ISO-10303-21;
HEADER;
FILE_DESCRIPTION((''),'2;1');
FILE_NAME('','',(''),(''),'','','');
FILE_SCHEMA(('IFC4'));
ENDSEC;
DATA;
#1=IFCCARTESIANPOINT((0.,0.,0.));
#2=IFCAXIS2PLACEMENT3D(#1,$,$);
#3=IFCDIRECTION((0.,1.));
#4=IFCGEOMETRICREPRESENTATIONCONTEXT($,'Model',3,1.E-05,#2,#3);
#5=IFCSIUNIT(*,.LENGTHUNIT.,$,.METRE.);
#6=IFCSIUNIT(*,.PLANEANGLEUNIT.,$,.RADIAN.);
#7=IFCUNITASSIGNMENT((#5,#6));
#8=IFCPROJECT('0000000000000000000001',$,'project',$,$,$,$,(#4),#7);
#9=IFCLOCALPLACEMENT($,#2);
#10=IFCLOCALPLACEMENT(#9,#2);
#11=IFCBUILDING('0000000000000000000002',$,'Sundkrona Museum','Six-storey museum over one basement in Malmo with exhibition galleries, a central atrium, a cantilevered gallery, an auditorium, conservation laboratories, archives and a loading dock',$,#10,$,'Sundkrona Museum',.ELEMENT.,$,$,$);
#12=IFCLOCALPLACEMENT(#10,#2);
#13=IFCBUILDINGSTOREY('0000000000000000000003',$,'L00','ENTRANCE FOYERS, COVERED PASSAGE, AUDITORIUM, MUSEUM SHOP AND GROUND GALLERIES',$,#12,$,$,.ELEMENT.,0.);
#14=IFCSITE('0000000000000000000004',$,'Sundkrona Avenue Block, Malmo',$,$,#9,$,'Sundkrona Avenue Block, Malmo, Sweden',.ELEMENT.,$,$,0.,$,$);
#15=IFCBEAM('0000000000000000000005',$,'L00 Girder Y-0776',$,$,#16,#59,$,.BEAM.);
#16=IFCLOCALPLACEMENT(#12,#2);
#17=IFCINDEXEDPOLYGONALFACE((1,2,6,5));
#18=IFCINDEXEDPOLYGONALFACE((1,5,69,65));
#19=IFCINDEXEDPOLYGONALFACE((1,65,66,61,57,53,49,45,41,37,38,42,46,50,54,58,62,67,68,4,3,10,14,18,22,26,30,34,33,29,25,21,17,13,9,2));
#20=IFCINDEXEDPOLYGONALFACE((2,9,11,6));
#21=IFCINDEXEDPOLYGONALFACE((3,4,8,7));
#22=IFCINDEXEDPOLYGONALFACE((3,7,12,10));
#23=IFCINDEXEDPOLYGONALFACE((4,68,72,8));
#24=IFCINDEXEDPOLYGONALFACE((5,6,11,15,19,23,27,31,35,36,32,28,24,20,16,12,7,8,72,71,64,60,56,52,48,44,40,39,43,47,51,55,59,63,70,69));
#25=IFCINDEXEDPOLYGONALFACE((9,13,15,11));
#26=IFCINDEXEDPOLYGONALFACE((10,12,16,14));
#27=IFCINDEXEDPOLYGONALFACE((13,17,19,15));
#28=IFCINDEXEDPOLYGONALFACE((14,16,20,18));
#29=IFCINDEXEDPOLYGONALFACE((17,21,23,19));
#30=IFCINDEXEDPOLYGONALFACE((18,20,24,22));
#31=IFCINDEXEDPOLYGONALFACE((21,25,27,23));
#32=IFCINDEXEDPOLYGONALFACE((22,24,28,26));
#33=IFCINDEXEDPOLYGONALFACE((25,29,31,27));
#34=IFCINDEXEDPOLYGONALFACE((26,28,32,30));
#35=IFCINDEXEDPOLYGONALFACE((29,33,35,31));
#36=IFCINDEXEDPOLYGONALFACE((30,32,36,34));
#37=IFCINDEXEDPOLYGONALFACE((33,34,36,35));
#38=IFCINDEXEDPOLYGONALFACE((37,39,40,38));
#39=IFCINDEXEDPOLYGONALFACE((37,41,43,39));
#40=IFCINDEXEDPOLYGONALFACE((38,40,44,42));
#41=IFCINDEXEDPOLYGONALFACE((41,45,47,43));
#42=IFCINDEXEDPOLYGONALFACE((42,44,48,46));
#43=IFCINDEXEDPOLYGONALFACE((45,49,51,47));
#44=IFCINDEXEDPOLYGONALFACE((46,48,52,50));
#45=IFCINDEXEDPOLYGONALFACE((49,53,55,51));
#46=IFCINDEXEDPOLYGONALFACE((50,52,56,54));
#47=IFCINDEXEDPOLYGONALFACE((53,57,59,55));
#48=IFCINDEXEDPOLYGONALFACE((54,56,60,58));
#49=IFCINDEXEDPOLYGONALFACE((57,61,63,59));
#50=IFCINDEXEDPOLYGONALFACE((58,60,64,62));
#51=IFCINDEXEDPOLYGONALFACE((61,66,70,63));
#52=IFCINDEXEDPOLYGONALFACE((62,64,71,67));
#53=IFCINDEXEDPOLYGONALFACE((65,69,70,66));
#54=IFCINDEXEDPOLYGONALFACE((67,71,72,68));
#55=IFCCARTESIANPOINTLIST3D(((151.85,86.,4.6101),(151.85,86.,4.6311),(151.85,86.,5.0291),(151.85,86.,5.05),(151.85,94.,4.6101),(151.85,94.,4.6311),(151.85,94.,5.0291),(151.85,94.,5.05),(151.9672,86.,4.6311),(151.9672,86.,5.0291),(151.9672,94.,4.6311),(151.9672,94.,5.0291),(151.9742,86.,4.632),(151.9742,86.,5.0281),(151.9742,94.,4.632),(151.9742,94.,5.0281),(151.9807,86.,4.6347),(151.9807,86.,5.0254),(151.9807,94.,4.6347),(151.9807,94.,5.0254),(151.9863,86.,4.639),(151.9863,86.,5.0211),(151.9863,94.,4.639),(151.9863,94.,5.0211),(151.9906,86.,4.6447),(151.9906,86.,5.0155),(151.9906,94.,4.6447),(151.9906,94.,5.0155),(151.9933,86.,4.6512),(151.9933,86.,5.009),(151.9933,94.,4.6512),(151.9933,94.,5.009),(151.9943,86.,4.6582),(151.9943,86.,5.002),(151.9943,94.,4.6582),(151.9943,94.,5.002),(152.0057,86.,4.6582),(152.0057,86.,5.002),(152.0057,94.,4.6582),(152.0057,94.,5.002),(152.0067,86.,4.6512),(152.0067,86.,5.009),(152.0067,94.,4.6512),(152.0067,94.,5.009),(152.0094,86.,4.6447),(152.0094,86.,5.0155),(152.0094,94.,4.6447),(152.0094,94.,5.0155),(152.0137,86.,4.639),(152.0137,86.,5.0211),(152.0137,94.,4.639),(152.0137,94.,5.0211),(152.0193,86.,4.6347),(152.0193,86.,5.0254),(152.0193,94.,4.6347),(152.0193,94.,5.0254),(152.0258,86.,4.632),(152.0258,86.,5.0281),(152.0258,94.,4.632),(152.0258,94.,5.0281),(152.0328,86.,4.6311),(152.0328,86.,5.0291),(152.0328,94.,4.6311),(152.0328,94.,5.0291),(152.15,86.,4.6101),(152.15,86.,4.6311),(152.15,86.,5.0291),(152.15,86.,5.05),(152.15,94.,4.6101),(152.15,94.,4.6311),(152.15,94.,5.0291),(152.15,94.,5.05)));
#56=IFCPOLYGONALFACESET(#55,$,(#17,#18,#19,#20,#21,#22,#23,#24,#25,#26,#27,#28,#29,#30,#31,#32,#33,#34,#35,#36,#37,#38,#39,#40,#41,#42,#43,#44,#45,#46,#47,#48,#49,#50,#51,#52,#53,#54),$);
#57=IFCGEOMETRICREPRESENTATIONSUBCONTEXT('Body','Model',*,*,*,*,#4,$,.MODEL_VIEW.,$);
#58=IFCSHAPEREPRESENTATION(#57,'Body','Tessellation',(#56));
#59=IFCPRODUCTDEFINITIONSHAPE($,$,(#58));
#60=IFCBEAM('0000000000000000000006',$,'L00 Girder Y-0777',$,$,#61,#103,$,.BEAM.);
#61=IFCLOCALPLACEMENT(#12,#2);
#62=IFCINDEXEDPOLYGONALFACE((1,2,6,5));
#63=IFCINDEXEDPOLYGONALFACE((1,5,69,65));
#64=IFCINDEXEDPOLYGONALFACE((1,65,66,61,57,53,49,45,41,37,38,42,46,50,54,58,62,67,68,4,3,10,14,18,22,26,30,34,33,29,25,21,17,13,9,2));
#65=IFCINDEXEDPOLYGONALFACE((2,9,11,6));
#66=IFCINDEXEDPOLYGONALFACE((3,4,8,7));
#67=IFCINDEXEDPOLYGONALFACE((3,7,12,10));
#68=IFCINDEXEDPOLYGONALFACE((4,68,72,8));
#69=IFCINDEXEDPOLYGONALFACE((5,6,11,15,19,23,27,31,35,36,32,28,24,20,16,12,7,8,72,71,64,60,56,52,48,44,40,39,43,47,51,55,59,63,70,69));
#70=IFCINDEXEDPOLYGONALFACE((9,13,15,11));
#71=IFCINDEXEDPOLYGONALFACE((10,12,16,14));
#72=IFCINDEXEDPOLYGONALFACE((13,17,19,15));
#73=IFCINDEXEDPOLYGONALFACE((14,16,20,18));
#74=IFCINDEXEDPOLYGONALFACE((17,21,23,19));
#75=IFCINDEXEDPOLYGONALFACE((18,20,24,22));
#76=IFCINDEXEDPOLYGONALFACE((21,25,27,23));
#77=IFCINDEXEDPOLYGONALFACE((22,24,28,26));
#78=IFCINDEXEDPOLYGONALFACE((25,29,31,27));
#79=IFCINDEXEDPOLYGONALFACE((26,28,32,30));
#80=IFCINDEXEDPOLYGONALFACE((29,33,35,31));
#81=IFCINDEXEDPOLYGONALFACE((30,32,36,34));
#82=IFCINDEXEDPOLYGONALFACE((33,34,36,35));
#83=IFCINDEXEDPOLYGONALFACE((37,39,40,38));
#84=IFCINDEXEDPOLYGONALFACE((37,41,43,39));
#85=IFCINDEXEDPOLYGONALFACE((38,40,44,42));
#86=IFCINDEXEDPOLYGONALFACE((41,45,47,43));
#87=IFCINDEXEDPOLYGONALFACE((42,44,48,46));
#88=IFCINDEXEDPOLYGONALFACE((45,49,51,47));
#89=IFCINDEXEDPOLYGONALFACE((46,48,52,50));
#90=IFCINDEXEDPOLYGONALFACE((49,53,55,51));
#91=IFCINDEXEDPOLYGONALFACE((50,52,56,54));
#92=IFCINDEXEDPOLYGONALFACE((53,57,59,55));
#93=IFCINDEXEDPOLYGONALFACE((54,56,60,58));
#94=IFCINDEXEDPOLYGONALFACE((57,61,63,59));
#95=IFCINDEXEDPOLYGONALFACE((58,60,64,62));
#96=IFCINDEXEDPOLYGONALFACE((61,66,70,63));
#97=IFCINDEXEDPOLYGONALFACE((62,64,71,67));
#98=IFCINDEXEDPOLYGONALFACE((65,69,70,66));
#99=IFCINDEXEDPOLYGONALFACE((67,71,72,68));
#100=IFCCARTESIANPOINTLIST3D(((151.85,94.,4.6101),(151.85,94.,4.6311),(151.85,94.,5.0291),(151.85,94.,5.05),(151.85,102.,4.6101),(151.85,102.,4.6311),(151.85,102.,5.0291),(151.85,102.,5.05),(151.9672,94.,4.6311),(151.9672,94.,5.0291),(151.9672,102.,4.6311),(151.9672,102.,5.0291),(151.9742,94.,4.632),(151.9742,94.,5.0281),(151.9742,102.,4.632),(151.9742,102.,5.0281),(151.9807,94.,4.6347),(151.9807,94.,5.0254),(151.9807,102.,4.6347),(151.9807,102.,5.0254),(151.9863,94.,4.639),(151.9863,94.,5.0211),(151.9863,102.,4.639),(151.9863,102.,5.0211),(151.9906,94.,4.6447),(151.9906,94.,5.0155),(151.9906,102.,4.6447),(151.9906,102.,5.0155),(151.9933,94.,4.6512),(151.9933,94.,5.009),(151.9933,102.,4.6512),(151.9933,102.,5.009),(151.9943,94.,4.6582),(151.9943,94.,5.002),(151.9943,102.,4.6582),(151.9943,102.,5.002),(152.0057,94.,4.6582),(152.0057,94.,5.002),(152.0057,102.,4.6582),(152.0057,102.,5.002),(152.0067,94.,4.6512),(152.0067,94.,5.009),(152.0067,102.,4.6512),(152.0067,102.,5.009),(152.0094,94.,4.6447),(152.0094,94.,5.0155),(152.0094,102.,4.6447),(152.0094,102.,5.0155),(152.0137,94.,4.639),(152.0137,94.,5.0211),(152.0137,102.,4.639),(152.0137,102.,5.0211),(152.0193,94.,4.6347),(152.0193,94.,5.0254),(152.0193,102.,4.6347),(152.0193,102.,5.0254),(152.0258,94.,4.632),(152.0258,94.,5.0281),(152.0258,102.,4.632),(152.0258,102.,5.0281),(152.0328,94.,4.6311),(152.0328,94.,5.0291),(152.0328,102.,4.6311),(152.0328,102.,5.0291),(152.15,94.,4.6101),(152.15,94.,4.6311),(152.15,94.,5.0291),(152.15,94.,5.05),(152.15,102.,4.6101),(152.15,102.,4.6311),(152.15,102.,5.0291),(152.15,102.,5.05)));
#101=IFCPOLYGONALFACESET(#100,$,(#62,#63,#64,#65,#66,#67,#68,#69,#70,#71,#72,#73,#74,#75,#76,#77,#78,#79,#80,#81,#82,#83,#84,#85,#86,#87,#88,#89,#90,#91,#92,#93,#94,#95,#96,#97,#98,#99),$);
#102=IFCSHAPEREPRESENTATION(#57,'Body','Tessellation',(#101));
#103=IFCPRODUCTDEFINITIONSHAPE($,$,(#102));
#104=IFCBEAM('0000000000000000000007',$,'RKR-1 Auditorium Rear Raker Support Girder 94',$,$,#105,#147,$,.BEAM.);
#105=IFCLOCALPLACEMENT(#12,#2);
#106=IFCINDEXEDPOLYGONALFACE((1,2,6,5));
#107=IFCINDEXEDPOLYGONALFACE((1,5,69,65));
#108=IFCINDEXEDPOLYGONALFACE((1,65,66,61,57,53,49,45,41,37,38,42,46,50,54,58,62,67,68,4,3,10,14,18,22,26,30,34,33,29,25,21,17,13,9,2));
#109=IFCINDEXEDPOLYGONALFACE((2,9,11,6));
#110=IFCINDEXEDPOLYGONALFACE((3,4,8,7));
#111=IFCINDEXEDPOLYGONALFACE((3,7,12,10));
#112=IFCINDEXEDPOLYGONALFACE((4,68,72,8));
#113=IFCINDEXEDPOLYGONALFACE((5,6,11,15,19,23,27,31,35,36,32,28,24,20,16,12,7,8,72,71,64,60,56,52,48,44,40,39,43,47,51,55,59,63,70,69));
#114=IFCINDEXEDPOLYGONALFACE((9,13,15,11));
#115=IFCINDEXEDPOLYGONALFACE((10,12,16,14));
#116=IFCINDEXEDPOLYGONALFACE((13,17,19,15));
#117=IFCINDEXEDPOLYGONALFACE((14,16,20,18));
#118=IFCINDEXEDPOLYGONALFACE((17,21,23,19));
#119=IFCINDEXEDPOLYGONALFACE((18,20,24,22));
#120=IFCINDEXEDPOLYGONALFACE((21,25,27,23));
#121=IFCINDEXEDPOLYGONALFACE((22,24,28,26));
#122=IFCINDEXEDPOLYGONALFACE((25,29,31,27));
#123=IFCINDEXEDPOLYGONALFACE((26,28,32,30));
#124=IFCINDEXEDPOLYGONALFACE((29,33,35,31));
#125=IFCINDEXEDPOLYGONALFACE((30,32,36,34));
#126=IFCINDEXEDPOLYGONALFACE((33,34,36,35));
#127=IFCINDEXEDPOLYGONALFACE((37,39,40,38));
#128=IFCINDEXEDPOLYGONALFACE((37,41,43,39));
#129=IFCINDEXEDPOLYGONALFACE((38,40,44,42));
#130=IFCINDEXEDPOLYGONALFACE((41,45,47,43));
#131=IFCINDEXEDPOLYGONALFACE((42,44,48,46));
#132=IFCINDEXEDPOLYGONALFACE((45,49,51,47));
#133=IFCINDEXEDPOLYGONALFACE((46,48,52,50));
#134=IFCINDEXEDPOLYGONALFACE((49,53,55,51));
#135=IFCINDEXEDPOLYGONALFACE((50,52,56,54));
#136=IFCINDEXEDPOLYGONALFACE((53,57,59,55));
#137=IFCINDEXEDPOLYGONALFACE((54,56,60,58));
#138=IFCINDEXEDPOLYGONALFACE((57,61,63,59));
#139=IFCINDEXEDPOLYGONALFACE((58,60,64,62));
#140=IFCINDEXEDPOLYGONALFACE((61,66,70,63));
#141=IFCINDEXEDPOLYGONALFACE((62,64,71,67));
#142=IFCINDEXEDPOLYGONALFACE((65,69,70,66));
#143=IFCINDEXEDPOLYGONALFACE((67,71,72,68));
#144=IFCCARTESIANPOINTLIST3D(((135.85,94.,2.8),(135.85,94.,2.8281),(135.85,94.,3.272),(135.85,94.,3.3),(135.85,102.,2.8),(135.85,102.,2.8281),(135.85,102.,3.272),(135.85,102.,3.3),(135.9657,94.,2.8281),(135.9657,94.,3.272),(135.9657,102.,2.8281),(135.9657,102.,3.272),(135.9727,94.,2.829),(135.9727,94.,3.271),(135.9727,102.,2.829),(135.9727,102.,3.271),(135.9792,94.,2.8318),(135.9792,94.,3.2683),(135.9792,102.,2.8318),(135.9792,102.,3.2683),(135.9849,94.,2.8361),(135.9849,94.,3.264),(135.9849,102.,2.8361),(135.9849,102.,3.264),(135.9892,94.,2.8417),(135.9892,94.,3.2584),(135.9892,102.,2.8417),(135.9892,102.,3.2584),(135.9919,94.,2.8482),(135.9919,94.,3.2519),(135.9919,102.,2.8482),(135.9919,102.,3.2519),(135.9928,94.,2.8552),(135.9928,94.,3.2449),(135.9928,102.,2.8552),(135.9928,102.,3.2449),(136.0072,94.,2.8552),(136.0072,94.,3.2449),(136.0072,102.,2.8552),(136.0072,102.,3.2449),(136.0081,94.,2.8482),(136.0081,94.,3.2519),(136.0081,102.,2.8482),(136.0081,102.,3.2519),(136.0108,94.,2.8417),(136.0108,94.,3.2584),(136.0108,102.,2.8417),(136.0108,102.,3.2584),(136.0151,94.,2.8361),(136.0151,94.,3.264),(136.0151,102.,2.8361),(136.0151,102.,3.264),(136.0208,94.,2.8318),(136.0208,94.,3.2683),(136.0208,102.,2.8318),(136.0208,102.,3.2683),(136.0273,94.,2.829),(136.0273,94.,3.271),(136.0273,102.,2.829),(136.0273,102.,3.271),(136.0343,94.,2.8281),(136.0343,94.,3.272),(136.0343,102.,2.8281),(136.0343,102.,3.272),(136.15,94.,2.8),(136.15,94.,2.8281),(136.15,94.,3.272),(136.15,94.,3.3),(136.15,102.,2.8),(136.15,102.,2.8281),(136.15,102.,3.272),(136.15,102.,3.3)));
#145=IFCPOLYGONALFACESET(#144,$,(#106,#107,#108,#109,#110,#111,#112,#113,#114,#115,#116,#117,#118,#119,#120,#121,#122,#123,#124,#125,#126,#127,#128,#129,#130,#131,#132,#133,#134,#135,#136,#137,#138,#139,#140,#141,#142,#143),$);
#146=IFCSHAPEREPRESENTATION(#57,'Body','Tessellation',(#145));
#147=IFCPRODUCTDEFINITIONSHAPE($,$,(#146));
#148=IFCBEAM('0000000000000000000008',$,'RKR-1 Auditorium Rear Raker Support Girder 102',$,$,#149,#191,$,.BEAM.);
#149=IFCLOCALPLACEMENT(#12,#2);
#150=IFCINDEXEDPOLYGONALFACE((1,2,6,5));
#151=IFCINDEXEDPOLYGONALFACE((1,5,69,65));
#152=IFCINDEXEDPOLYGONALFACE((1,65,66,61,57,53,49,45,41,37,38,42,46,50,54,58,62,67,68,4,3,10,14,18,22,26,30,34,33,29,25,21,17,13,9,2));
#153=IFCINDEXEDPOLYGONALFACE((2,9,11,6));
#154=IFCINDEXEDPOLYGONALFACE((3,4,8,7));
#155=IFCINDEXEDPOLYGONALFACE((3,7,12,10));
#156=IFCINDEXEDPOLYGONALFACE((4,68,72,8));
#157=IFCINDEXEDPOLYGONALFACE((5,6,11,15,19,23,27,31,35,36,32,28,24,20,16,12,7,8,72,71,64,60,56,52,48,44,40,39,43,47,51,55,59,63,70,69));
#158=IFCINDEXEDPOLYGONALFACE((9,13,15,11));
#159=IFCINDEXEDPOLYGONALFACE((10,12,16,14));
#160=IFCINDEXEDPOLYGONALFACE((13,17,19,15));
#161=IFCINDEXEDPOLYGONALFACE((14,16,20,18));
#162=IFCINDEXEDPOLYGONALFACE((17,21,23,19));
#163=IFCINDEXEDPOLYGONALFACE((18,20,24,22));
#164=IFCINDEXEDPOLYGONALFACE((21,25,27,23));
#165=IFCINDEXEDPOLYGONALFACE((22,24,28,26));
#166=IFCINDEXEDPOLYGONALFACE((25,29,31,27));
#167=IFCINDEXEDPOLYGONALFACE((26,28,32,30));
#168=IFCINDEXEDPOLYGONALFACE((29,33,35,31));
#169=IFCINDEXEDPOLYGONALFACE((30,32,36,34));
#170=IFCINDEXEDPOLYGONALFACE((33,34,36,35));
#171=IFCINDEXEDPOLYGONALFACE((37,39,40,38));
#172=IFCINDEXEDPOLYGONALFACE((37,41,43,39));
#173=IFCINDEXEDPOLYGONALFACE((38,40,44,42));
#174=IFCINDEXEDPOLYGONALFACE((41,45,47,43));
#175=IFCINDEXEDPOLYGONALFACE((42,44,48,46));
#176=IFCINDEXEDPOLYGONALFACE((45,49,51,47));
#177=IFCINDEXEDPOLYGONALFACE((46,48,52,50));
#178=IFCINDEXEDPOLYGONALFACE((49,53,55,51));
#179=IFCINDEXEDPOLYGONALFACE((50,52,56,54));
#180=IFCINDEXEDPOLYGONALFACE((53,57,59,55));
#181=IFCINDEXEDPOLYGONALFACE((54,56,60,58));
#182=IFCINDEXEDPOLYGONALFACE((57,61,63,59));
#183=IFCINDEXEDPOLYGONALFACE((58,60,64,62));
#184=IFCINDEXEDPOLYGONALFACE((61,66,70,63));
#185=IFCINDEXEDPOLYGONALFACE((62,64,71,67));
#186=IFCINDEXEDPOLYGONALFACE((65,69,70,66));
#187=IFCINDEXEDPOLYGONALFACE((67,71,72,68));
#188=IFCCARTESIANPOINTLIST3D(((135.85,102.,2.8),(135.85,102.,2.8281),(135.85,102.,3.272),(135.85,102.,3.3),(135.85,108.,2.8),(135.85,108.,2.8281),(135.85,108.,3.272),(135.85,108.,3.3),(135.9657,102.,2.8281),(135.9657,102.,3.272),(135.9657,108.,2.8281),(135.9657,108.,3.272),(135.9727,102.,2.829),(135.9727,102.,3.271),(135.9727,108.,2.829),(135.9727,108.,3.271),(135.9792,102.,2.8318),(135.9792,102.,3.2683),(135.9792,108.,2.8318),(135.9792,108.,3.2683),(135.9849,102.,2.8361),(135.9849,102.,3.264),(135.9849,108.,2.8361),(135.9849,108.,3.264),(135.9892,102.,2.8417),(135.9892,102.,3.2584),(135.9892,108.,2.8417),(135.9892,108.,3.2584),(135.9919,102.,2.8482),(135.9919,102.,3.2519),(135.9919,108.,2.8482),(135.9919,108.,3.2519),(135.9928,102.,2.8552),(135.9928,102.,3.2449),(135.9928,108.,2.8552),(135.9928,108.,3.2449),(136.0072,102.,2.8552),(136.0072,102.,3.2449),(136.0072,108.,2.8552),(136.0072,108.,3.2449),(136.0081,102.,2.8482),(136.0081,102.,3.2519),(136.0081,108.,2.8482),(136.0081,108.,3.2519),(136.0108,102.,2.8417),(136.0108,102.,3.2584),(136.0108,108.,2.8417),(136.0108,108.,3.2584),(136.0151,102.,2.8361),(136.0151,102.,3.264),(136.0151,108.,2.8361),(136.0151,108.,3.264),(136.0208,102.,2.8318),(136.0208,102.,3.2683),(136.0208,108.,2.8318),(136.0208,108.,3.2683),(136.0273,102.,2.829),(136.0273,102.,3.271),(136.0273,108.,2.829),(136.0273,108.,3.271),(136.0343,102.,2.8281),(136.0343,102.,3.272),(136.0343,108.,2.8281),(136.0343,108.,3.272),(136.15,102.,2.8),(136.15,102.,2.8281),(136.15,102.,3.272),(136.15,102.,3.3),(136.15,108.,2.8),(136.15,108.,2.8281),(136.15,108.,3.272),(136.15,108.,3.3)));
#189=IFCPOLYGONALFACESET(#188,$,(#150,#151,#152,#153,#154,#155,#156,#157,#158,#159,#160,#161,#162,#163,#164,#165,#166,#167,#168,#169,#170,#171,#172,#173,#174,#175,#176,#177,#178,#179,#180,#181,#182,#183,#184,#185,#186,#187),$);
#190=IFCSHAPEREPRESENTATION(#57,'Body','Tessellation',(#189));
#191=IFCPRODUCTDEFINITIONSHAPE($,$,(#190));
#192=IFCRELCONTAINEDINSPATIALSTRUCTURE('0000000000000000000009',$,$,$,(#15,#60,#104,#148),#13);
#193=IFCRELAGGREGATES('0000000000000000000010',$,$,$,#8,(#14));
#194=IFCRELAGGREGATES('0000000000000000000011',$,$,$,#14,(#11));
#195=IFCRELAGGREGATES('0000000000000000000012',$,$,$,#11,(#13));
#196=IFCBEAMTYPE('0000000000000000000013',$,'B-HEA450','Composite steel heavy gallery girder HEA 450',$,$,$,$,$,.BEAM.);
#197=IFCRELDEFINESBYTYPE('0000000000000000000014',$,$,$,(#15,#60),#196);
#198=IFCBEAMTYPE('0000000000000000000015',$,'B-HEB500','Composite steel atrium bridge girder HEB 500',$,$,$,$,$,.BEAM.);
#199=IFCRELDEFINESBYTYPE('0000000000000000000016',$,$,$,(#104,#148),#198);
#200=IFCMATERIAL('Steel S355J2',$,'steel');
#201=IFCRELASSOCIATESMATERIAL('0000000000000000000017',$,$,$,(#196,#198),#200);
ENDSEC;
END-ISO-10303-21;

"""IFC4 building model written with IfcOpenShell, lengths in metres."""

from ifc_helpers import new_model, si_unit, direction, frame, origin, origin_2d, place, context, subcontext, project, spatial, i_section, extrude, material, material_profile, profile_set, type_object, element, save


model = new_model("IFC4")

# Units and contexts
model_context = context("Model", 3, precision=1e-05, world=origin(), true_north=direction((0.0, 1.0)))
body_context = subcontext(model_context, "Body", "Model", "MODEL_VIEW")
ifc_project = project(units=[si_unit("LENGTHUNIT", "METRE"), si_unit("PLANEANGLEUNIT", "RADIAN")], contexts=[model_context])

# Site, building, storey
site_placement = place(None, origin())
site = spatial("IfcSite", under=ifc_project, at=site_placement, Name="Sundkrona Avenue Block, Malmo", LongName="Sundkrona Avenue Block, Malmo, Sweden", CompositionType="ELEMENT", RefElevation=0.0)
building_placement = place(site_placement, origin())
building = spatial("IfcBuilding", under=site, at=building_placement, Name="Sundkrona Museum", Description="Six-storey museum over one basement in Malmo with exhibition galleries, a central atrium, a cantilevered gallery, an auditorium, conservation laboratories, archives and a loading dock", LongName="Sundkrona Museum", CompositionType="ELEMENT")
storey_placement = place(building_placement, origin())
storey = spatial("IfcBuildingStorey", under=building, at=storey_placement, Name="L00", Description="ENTRANCE FOYERS, COVERED PASSAGE, AUDITORIUM, MUSEUM SHOP AND GROUND GALLERIES", CompositionType="ELEMENT", Elevation=0.0)

# Shared definitions
ifc_material = material(Name="Steel S355J2", Category="steel")

# Beams
ifc_material_profile_1 = material_profile(ifc_material, i_section(OverallWidth=0.3, OverallDepth=0.4399, WebThickness=0.0115, FlangeThickness=0.021, FilletRadius=0.0271, at=origin_2d()), Name="HEA 450")
ifc_profile_set_1 = profile_set([ifc_material_profile_1], Name="Steel S355J2")
beam_type_1 = type_object("IfcBeamType", Name="B-HEA450", Description="Composite steel heavy gallery girder HEA 450", PredefinedType="BEAM", material=ifc_profile_set_1)
for number, where, z_axis, x_axis, name in (
    (1, (152.0, 86.0, 4.8301), (0.0, 1.0, 0.0), (-1.0, 0.0, 0.0), "L00 Girder Y-0776"),
    (2, (152.0, 94.0, 4.8301), (0.0, 1.0, 0.0), (-1.0, 0.0, 0.0), "L00 Girder Y-0777"),
):
    element("IfcBeam", number, at=place(storey_placement, frame(where, z_axis=z_axis, x_axis=x_axis)), inside=storey, type_object=beam_type_1, Name=name, PredefinedType="BEAM", context=body_context, shape_type="SweptSolid", body=[
        extrude(i_section(OverallWidth=0.3, OverallDepth=0.4399, WebThickness=0.0115, FlangeThickness=0.021, FilletRadius=0.0271, at=origin_2d()), origin(), (0.0, 0.0, 1.0), 8.0),
    ])
ifc_material_profile_2 = material_profile(ifc_material, i_section(OverallWidth=0.3, OverallDepth=0.5, WebThickness=0.0144, FlangeThickness=0.0281, FilletRadius=0.0271, at=origin_2d()), Name="HEB 500")
ifc_profile_set_2 = profile_set([ifc_material_profile_2], Name="Steel S355J2")
beam_type_2 = type_object("IfcBeamType", Name="B-HEB500", Description="Composite steel atrium bridge girder HEB 500", PredefinedType="BEAM", material=ifc_profile_set_2)
beam_1_placement = place(storey_placement, frame((136.0, 94.0, 3.05), z_axis=(0.0, 1.0, 0.0), x_axis=(-1.0, 0.0, 0.0)))
element("IfcBeam", 3, at=beam_1_placement, inside=storey, type_object=beam_type_2, Name="RKR-1 Auditorium Rear Raker Support Girder 94", PredefinedType="BEAM", context=body_context, shape_type="SweptSolid", body=[
    extrude(i_section(OverallWidth=0.3, OverallDepth=0.5, WebThickness=0.0144, FlangeThickness=0.0281, FilletRadius=0.0271, at=origin_2d()), origin(), (0.0, 0.0, 1.0), 8.0),
])
beam_2_placement = place(storey_placement, frame((136.0, 102.0, 3.05), z_axis=(0.0, 1.0, 0.0), x_axis=(-1.0, 0.0, 0.0)))
element("IfcBeam", 4, at=beam_2_placement, inside=storey, type_object=beam_type_2, Name="RKR-1 Auditorium Rear Raker Support Girder 102", PredefinedType="BEAM", context=body_context, shape_type="SweptSolid", body=[
    extrude(i_section(OverallWidth=0.3, OverallDepth=0.5, WebThickness=0.0144, FlangeThickness=0.0281, FilletRadius=0.0271, at=origin_2d()), origin(), (0.0, 0.0, 1.0), 6.0),
])

save(model, "model.ifc")
